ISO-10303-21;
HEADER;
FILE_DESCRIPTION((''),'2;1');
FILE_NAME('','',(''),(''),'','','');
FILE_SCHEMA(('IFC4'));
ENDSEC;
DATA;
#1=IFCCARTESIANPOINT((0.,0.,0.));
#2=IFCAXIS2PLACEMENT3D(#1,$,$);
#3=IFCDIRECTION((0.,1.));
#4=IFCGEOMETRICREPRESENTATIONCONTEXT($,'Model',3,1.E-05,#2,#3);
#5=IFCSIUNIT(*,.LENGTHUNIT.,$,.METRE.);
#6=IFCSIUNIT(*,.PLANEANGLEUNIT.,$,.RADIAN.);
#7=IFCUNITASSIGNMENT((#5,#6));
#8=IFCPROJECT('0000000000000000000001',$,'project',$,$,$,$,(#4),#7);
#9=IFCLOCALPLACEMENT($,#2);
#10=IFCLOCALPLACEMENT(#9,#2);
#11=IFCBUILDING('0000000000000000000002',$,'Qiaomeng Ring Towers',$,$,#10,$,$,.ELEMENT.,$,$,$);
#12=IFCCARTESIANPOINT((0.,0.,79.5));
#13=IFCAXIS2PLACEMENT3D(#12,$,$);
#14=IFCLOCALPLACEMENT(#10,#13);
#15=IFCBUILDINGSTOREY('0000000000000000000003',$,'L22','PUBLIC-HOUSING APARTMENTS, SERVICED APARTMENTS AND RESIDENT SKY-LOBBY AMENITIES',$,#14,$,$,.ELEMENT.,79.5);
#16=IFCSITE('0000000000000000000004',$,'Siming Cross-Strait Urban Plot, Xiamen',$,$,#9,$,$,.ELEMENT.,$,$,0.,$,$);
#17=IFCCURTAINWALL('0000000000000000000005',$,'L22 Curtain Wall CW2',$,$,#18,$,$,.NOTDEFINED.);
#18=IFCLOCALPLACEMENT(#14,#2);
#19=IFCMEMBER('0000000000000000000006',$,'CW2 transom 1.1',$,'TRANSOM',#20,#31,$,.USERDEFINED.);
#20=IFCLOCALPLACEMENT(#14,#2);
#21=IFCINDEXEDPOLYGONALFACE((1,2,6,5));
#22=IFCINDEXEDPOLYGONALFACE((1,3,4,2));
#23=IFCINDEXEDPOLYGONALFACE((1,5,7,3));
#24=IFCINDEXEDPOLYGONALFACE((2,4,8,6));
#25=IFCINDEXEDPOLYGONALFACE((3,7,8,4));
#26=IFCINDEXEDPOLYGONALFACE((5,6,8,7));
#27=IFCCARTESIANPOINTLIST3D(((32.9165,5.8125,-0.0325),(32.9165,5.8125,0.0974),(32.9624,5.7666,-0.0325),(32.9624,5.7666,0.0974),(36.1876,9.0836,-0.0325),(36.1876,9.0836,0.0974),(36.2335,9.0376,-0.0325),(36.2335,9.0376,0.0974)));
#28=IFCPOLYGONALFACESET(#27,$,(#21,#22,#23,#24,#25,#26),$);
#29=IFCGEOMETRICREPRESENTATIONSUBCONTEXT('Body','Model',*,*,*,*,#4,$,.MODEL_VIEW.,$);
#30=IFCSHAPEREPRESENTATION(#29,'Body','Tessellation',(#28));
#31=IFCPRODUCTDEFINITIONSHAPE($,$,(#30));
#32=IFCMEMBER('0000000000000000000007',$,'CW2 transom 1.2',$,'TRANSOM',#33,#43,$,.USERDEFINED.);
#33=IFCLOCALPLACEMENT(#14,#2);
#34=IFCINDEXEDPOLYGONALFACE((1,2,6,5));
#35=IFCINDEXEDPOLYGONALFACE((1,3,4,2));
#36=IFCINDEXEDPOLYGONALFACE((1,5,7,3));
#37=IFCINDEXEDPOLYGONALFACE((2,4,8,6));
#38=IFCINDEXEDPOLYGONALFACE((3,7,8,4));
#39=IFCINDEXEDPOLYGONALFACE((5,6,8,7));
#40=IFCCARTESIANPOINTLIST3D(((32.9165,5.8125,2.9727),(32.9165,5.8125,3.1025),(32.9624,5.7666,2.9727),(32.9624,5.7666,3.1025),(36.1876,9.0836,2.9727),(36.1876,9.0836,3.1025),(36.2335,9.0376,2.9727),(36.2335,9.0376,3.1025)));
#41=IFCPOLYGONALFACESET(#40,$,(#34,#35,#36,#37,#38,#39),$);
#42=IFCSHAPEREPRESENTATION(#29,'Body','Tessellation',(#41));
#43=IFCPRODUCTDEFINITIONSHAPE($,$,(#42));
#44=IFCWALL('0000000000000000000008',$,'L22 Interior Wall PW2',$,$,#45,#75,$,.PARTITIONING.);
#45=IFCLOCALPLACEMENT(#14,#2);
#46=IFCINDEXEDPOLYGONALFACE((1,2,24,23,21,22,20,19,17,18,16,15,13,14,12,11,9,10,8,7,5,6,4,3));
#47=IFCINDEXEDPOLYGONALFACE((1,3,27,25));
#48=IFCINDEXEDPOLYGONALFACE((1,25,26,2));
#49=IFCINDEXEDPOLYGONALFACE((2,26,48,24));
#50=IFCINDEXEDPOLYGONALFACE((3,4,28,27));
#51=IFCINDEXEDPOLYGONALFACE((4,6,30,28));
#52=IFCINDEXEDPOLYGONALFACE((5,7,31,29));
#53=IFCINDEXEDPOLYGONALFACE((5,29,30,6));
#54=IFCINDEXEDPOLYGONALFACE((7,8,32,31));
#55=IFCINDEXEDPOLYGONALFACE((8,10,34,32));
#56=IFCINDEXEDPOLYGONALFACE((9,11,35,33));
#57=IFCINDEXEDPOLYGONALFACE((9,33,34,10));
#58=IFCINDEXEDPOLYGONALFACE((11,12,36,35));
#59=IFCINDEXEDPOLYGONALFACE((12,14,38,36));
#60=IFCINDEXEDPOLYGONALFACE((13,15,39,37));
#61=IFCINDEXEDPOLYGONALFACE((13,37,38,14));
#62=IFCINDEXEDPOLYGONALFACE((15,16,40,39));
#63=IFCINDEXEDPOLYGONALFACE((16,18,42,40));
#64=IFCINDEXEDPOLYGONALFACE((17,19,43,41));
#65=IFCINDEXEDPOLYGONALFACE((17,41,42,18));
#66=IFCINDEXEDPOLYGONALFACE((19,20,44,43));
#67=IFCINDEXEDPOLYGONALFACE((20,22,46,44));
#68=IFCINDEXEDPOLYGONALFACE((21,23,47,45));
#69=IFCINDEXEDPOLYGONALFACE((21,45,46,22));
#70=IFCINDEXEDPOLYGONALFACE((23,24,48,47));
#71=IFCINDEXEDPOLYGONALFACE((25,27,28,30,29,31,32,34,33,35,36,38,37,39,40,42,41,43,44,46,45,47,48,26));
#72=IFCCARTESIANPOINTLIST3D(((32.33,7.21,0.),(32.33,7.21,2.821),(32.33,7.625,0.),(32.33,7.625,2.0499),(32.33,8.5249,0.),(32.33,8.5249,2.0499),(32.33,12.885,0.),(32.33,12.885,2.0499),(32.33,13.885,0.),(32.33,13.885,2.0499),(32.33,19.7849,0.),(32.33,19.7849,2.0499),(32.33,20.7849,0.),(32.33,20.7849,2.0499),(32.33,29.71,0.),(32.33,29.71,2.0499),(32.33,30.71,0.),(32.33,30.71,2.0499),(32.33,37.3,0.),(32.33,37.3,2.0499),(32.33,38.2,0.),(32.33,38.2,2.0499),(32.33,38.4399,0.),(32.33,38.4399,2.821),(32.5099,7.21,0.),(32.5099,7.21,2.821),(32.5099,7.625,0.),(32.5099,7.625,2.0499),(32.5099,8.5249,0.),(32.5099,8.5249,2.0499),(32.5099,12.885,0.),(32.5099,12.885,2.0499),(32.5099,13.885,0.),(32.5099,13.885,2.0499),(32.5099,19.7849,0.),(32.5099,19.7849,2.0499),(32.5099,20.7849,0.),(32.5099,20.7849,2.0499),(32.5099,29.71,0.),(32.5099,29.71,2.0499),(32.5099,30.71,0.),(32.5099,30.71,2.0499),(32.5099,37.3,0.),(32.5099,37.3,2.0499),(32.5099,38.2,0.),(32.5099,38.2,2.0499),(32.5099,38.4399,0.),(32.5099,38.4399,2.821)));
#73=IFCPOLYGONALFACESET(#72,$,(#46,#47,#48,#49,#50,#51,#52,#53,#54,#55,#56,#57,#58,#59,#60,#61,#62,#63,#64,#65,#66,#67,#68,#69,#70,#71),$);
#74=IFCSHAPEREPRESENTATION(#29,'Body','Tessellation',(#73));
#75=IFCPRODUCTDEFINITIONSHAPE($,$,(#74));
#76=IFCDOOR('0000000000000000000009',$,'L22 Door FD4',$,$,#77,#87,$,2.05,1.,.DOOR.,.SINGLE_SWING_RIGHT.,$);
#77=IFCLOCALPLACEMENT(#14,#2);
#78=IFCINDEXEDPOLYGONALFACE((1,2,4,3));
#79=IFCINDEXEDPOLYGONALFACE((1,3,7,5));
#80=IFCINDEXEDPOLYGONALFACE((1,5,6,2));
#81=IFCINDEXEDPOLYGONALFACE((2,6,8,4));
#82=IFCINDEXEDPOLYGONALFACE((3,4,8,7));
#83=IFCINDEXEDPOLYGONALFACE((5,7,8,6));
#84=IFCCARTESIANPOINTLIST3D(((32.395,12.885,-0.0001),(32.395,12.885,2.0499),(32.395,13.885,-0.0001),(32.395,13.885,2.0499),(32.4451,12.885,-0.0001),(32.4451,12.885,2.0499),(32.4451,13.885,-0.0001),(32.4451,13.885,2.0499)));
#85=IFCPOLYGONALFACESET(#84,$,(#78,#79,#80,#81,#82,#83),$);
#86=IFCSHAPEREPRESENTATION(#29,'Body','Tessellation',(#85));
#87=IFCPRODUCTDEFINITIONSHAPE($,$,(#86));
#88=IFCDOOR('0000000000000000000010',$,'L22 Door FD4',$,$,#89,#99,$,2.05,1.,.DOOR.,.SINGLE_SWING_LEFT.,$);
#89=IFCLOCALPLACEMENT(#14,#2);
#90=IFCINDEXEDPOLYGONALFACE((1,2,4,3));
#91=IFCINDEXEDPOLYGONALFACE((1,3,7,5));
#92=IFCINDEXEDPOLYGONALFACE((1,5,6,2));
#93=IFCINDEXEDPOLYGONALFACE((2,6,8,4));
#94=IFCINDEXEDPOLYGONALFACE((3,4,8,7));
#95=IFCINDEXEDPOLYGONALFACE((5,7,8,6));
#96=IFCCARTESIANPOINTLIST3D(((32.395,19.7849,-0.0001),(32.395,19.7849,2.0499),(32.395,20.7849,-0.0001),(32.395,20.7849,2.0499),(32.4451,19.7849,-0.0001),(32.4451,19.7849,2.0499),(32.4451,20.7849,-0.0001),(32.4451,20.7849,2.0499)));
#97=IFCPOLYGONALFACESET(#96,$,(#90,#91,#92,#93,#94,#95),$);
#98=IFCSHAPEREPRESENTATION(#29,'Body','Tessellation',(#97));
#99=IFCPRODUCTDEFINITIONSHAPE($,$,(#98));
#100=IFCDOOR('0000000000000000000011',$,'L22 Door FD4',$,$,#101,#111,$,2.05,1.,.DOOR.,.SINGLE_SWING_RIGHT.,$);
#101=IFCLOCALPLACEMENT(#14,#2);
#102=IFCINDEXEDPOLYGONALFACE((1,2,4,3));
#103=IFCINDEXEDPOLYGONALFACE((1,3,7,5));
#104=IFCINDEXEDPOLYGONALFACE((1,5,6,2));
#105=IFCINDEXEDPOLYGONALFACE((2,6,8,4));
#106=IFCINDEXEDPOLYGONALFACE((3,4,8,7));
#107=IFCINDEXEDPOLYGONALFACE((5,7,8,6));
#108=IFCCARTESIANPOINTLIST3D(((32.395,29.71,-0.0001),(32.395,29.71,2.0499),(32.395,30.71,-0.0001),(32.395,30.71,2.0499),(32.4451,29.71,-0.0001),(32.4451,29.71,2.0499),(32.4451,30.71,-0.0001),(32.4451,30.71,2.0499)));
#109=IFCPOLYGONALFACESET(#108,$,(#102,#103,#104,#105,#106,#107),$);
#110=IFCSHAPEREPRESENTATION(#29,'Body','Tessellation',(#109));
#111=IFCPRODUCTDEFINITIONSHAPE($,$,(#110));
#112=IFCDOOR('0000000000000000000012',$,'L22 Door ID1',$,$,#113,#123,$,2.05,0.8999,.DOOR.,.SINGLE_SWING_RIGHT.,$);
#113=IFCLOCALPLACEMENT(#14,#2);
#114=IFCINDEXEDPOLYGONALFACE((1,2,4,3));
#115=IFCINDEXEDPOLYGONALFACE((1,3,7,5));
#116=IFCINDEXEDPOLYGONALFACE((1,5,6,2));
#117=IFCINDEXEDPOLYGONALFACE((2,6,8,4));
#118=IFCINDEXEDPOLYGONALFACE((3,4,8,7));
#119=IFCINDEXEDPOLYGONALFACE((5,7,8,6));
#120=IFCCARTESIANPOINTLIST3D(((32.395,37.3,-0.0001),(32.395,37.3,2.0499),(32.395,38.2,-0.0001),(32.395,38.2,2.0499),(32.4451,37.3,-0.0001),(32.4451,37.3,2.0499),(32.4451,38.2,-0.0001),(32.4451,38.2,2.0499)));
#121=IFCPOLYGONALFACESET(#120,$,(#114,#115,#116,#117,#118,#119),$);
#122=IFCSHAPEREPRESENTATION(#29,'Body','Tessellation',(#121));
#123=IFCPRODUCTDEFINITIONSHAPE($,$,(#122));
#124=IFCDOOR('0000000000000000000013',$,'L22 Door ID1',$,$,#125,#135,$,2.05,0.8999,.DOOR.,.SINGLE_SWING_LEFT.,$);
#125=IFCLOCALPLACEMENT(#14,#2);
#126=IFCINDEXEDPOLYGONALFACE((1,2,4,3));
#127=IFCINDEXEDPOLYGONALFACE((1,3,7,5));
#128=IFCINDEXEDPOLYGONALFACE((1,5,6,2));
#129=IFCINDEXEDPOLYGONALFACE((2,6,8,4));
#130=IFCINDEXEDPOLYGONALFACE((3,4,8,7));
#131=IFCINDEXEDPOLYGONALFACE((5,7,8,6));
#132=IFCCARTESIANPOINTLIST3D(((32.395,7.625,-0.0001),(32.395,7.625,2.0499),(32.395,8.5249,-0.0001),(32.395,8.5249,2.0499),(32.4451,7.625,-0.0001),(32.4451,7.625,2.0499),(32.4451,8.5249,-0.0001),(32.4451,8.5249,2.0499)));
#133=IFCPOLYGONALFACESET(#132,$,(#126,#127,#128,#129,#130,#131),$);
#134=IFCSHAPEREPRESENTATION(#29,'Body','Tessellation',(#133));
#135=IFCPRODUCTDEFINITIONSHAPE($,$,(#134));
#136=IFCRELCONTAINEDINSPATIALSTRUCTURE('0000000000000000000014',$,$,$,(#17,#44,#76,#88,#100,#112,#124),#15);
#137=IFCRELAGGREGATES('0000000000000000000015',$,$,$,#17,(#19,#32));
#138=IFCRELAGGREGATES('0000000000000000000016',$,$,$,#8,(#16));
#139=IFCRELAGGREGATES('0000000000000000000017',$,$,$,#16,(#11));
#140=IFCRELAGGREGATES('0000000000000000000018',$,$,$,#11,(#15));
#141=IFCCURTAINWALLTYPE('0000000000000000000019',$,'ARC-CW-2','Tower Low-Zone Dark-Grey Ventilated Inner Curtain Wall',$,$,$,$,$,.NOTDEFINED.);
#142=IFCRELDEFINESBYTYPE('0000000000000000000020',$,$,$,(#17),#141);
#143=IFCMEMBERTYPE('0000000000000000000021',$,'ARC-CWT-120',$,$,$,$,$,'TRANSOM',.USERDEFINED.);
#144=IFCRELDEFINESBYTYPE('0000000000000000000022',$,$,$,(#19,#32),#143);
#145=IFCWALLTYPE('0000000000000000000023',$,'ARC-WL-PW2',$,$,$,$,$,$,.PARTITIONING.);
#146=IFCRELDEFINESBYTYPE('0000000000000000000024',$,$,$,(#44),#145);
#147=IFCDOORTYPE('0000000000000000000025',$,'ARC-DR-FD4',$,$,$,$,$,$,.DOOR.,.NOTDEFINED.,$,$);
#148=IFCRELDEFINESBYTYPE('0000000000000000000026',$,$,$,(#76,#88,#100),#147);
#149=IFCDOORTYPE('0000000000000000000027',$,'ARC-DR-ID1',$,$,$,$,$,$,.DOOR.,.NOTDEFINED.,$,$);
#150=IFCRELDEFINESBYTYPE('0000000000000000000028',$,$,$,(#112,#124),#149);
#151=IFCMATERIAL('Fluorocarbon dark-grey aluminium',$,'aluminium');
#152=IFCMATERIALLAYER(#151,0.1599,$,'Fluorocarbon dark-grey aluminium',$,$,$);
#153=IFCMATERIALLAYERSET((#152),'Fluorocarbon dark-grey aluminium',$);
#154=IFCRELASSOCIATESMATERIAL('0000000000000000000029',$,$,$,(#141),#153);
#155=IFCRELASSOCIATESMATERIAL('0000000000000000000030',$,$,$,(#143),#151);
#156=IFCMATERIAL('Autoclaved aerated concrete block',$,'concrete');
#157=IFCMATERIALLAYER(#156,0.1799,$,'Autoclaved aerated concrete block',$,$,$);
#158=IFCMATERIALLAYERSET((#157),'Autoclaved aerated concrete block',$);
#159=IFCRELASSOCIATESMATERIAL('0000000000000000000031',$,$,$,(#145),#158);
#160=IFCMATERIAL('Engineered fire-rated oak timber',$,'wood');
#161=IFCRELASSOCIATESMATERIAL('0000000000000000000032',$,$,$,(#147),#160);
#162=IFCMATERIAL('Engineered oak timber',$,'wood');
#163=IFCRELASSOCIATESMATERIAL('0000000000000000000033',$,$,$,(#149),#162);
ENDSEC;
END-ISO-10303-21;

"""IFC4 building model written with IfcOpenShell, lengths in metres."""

from ifc_helpers import new_model, si_unit, direction, frame, frame_2d, origin, origin_2d, place, context, subcontext, project, spatial, rectangle, extrude, source, transform, mapped, material, layer, layer_set, material_profile, profile_set, type_object, element, fill, aggregate, save


model = new_model("IFC4")

# Units and contexts
model_context = context("Model", 3, precision=1e-05, world=origin(), true_north=direction((0.0, 1.0)))
body_context = subcontext(model_context, "Body", "Model", "MODEL_VIEW")
ifc_project = project(units=[si_unit("LENGTHUNIT", "METRE"), si_unit("PLANEANGLEUNIT", "RADIAN")], contexts=[model_context])

# Site, building, storey
site_placement = place(None, origin())
site = spatial("IfcSite", under=ifc_project, at=site_placement, Name="Siming Cross-Strait Urban Plot, Xiamen", CompositionType="ELEMENT", RefElevation=0.0)
building_placement = place(site_placement, origin())
building = spatial("IfcBuilding", under=site, at=building_placement, Name="Qiaomeng Ring Towers", CompositionType="ELEMENT")
storey_placement = place(building_placement, frame((0.0, 0.0, 79.5)))
storey = spatial("IfcBuildingStorey", under=building, at=storey_placement, Name="L22", Description="PUBLIC-HOUSING APARTMENTS, SERVICED APARTMENTS AND RESIDENT SKY-LOBBY AMENITIES", CompositionType="ELEMENT", Elevation=79.5)

# Curtain wall, members
ifc_material_1 = material(Name="Fluorocarbon dark-grey aluminium", Category="aluminium")
ifc_layer_1 = layer(ifc_material_1, 0.1599, Name="Fluorocarbon dark-grey aluminium")
ifc_layer_set_1 = layer_set([ifc_layer_1], Name="Fluorocarbon dark-grey aluminium")
curtain_wall_type = type_object("IfcCurtainWallType", Name="ARC-CW-2", Description="Tower Low-Zone Dark-Grey Ventilated Inner Curtain Wall", PredefinedType="NOTDEFINED", material=ifc_layer_set_1)
curtain_wall_placement = place(storey_placement, origin())
curtain_wall = element("IfcCurtainWall", 1, at=curtain_wall_placement, inside=storey, type_object=curtain_wall_type, Name="L22 Curtain Wall CW2", PredefinedType="NOTDEFINED")
ifc_material_profile_1 = material_profile(ifc_material_1, rectangle(XDim=0.0649, YDim=0.1299, at=origin_2d()), Name="ALU TRAN 65x130")
ifc_profile_set_1 = profile_set([ifc_material_profile_1], Name="Fluorocarbon dark-grey aluminium")
member_type_1 = type_object("IfcMemberType", Name="ARC-CWT-120", ElementType="TRANSOM", PredefinedType="USERDEFINED", material=ifc_profile_set_1)
shared_shape_1 = source(origin(), body_context, "Body", "SweptSolid", [
    extrude(rectangle(XDim=0.0649, YDim=0.1299, at=origin_2d()), origin(), (0.0, 0.0, 1.0), 4.626),
])
member_1_placement = place(storey_placement, frame((32.9395, 5.7896, 0.0325), z_axis=(0.707107, 0.707107, 0.0), x_axis=(-0.707107, 0.707107, 0.0)))
member_1 = element("IfcMember", 2, at=member_1_placement, type_object=member_type_1, Name="CW2 transom 1.1", ObjectType="TRANSOM", PredefinedType="USERDEFINED", context=body_context, shape_type="MappedRepresentation", body=[
    mapped(shared_shape_1, transform((0.0, 0.0, 0.0), x_axis=(1.0, 0.0, 0.0), y_axis=(0.0, 1.0, 0.0), z_axis=(0.0, 0.0, 1.0), scale=1.0)),
])
member_2_placement = place(storey_placement, frame((32.9395, 5.7896, 3.0376), z_axis=(0.707107, 0.707107, 0.0), x_axis=(-0.707107, 0.707107, 0.0)))
member_2 = element("IfcMember", 3, at=member_2_placement, type_object=member_type_1, Name="CW2 transom 1.2", ObjectType="TRANSOM", PredefinedType="USERDEFINED", context=body_context, shape_type="MappedRepresentation", body=[
    mapped(shared_shape_1, transform((0.0, 0.0, 0.0), x_axis=(1.0, 0.0, 0.0), y_axis=(0.0, 1.0, 0.0), z_axis=(0.0, 0.0, 1.0), scale=1.0)),
])
aggregate(curtain_wall, [member_1, member_2])

# Wall, openings, doors
ifc_material_2 = material(Name="Autoclaved aerated concrete block", Category="concrete")
ifc_layer_2 = layer(ifc_material_2, 0.1799, Name="Autoclaved aerated concrete block")
ifc_layer_set_2 = layer_set([ifc_layer_2], Name="Autoclaved aerated concrete block")
wall_type_1 = type_object("IfcWallType", Name="ARC-WL-PW2", PredefinedType="PARTITIONING", material=ifc_layer_set_2)
wall_1_placement = place(storey_placement, frame((32.4199, 7.21, 0.0), z_axis=(0.0, 0.0, 1.0), x_axis=(0.0, 1.0, 0.0)))
wall_1 = element("IfcWall", 4, at=wall_1_placement, inside=storey, type_object=wall_type_1, Name="L22 Interior Wall PW2", PredefinedType="PARTITIONING", context=body_context, shape_type="SweptSolid", body=[
    extrude(rectangle(XDim=31.23, YDim=0.1799, at=frame_2d((15.615, 0.0))), origin(), (0.0, 0.0, 1.0), 2.821),
])
opening_1_placement = place(wall_1_placement, frame((30.0901, 0.0, 0.0)))
opening_1 = element("IfcOpeningElement", 5, at=opening_1_placement, cuts=wall_1, PredefinedType="OPENING", context=body_context, shape_type="SweptSolid", body=[
    extrude(rectangle(XDim=0.8999, YDim=2.05, at=frame_2d((0.45, 1.0249))), frame((0.0, 0.0999, 0.0), z_axis=(0.0, -1.0, 0.0), x_axis=(1.0, 0.0, 0.0)), (0.0, 0.0, 1.0), 0.2),
])
opening_2_placement = place(wall_1_placement, frame((0.415, 0.0, 0.0)))
opening_2 = element("IfcOpeningElement", 6, at=opening_2_placement, cuts=wall_1, PredefinedType="OPENING", context=body_context, shape_type="SweptSolid", body=[
    extrude(rectangle(XDim=0.8999, YDim=2.05, at=frame_2d((0.45, 1.0249))), frame((0.0, 0.0999, 0.0), z_axis=(0.0, -1.0, 0.0), x_axis=(1.0, 0.0, 0.0)), (0.0, 0.0, 1.0), 0.2),
])
opening_3_placement = place(wall_1_placement, frame((5.675, 0.0, 0.0)))
opening_3 = element("IfcOpeningElement", 7, at=opening_3_placement, cuts=wall_1, PredefinedType="OPENING", context=body_context, shape_type="SweptSolid", body=[
    extrude(rectangle(XDim=1.0, YDim=2.05, at=frame_2d((0.5, 1.0249))), frame((0.0, 0.0999, 0.0), z_axis=(0.0, -1.0, 0.0), x_axis=(1.0, 0.0, 0.0)), (0.0, 0.0, 1.0), 0.2),
])
opening_4_placement = place(wall_1_placement, frame((12.575, 0.0, 0.0)))
opening_4 = element("IfcOpeningElement", 8, at=opening_4_placement, cuts=wall_1, PredefinedType="OPENING", context=body_context, shape_type="SweptSolid", body=[
    extrude(rectangle(XDim=1.0, YDim=2.05, at=frame_2d((0.5, 1.0249))), frame((0.0, 0.0999, 0.0), z_axis=(0.0, -1.0, 0.0), x_axis=(1.0, 0.0, 0.0)), (0.0, 0.0, 1.0), 0.2),
])
opening_5_placement = place(wall_1_placement, frame((22.5, 0.0, 0.0)))
opening_5 = element("IfcOpeningElement", 9, at=opening_5_placement, cuts=wall_1, PredefinedType="OPENING", context=body_context, shape_type="SweptSolid", body=[
    extrude(rectangle(XDim=1.0, YDim=2.05, at=frame_2d((0.5, 1.0249))), frame((0.0, 0.0999, 0.0), z_axis=(0.0, -1.0, 0.0), x_axis=(1.0, 0.0, 0.0)), (0.0, 0.0, 1.0), 0.2),
])
ifc_material_3 = material(Name="Engineered fire-rated oak timber", Category="wood")
door_type_1 = type_object("IfcDoorType", Name="ARC-DR-FD4", OperationType="NOTDEFINED", PredefinedType="DOOR", material=ifc_material_3)
shared_shape_2 = source(origin(), body_context, "Body", "SweptSolid", [
    extrude(rectangle(XDim=1.0, YDim=2.05, at=frame_2d((0.5, 1.0249))), frame((0.0, 0.0249, 0.0), z_axis=(0.0, -1.0, 0.0), x_axis=(1.0, 0.0, 0.0)), (0.0, 0.0, 1.0), 0.05),
])
door_1_placement = place(opening_3_placement, origin())
door_1 = element("IfcDoor", 10, at=door_1_placement, inside=storey, type_object=door_type_1, Name="L22 Door FD4", OperationType="SINGLE_SWING_RIGHT", OverallHeight=2.05, OverallWidth=1.0, PredefinedType="DOOR", context=body_context, shape_type="MappedRepresentation", body=[
    mapped(shared_shape_2, transform((0.0, 0.0, 0.0), x_axis=(1.0, 0.0, 0.0), y_axis=(0.0, 1.0, 0.0), z_axis=(0.0, 0.0, 1.0), scale=1.0)),
])
fill(opening_3, door_1)
door_2_placement = place(opening_4_placement, origin())
door_2 = element("IfcDoor", 11, at=door_2_placement, inside=storey, type_object=door_type_1, Name="L22 Door FD4", OperationType="SINGLE_SWING_LEFT", OverallHeight=2.05, OverallWidth=1.0, PredefinedType="DOOR", context=body_context, shape_type="MappedRepresentation", body=[
    mapped(shared_shape_2, transform((0.0, 0.0, 0.0), x_axis=(1.0, 0.0, 0.0), y_axis=(0.0, 1.0, 0.0), z_axis=(0.0, 0.0, 1.0), scale=1.0)),
])
fill(opening_4, door_2)
door_3_placement = place(opening_5_placement, origin())
door_3 = element("IfcDoor", 12, at=door_3_placement, inside=storey, type_object=door_type_1, Name="L22 Door FD4", OperationType="SINGLE_SWING_RIGHT", OverallHeight=2.05, OverallWidth=1.0, PredefinedType="DOOR", context=body_context, shape_type="MappedRepresentation", body=[
    mapped(shared_shape_2, transform((0.0, 0.0, 0.0), x_axis=(1.0, 0.0, 0.0), y_axis=(0.0, 1.0, 0.0), z_axis=(0.0, 0.0, 1.0), scale=1.0)),
])
fill(opening_5, door_3)
ifc_material_4 = material(Name="Engineered oak timber", Category="wood")
door_type_2 = type_object("IfcDoorType", Name="ARC-DR-ID1", OperationType="NOTDEFINED", PredefinedType="DOOR", material=ifc_material_4)
shared_shape_3 = source(origin(), body_context, "Body", "SweptSolid", [
    extrude(rectangle(XDim=0.8999, YDim=2.05, at=frame_2d((0.45, 1.0249))), frame((0.0, 0.0249, 0.0), z_axis=(0.0, -1.0, 0.0), x_axis=(1.0, 0.0, 0.0)), (0.0, 0.0, 1.0), 0.05),
])
door_4_placement = place(opening_1_placement, origin())
door_4 = element("IfcDoor", 13, at=door_4_placement, inside=storey, type_object=door_type_2, Name="L22 Door ID1", OperationType="SINGLE_SWING_RIGHT", OverallHeight=2.05, OverallWidth=0.8999, PredefinedType="DOOR", context=body_context, shape_type="MappedRepresentation", body=[
    mapped(shared_shape_3, transform((0.0, 0.0, 0.0), x_axis=(1.0, 0.0, 0.0), y_axis=(0.0, 1.0, 0.0), z_axis=(0.0, 0.0, 1.0), scale=1.0)),
])
fill(opening_1, door_4)
door_5_placement = place(opening_2_placement, origin())
door_5 = element("IfcDoor", 14, at=door_5_placement, inside=storey, type_object=door_type_2, Name="L22 Door ID1", OperationType="SINGLE_SWING_LEFT", OverallHeight=2.05, OverallWidth=0.8999, PredefinedType="DOOR", context=body_context, shape_type="MappedRepresentation", body=[
    mapped(shared_shape_3, transform((0.0, 0.0, 0.0), x_axis=(1.0, 0.0, 0.0), y_axis=(0.0, 1.0, 0.0), z_axis=(0.0, 0.0, 1.0), scale=1.0)),
])
fill(opening_2, door_5)

save(model, "model.ifc")
